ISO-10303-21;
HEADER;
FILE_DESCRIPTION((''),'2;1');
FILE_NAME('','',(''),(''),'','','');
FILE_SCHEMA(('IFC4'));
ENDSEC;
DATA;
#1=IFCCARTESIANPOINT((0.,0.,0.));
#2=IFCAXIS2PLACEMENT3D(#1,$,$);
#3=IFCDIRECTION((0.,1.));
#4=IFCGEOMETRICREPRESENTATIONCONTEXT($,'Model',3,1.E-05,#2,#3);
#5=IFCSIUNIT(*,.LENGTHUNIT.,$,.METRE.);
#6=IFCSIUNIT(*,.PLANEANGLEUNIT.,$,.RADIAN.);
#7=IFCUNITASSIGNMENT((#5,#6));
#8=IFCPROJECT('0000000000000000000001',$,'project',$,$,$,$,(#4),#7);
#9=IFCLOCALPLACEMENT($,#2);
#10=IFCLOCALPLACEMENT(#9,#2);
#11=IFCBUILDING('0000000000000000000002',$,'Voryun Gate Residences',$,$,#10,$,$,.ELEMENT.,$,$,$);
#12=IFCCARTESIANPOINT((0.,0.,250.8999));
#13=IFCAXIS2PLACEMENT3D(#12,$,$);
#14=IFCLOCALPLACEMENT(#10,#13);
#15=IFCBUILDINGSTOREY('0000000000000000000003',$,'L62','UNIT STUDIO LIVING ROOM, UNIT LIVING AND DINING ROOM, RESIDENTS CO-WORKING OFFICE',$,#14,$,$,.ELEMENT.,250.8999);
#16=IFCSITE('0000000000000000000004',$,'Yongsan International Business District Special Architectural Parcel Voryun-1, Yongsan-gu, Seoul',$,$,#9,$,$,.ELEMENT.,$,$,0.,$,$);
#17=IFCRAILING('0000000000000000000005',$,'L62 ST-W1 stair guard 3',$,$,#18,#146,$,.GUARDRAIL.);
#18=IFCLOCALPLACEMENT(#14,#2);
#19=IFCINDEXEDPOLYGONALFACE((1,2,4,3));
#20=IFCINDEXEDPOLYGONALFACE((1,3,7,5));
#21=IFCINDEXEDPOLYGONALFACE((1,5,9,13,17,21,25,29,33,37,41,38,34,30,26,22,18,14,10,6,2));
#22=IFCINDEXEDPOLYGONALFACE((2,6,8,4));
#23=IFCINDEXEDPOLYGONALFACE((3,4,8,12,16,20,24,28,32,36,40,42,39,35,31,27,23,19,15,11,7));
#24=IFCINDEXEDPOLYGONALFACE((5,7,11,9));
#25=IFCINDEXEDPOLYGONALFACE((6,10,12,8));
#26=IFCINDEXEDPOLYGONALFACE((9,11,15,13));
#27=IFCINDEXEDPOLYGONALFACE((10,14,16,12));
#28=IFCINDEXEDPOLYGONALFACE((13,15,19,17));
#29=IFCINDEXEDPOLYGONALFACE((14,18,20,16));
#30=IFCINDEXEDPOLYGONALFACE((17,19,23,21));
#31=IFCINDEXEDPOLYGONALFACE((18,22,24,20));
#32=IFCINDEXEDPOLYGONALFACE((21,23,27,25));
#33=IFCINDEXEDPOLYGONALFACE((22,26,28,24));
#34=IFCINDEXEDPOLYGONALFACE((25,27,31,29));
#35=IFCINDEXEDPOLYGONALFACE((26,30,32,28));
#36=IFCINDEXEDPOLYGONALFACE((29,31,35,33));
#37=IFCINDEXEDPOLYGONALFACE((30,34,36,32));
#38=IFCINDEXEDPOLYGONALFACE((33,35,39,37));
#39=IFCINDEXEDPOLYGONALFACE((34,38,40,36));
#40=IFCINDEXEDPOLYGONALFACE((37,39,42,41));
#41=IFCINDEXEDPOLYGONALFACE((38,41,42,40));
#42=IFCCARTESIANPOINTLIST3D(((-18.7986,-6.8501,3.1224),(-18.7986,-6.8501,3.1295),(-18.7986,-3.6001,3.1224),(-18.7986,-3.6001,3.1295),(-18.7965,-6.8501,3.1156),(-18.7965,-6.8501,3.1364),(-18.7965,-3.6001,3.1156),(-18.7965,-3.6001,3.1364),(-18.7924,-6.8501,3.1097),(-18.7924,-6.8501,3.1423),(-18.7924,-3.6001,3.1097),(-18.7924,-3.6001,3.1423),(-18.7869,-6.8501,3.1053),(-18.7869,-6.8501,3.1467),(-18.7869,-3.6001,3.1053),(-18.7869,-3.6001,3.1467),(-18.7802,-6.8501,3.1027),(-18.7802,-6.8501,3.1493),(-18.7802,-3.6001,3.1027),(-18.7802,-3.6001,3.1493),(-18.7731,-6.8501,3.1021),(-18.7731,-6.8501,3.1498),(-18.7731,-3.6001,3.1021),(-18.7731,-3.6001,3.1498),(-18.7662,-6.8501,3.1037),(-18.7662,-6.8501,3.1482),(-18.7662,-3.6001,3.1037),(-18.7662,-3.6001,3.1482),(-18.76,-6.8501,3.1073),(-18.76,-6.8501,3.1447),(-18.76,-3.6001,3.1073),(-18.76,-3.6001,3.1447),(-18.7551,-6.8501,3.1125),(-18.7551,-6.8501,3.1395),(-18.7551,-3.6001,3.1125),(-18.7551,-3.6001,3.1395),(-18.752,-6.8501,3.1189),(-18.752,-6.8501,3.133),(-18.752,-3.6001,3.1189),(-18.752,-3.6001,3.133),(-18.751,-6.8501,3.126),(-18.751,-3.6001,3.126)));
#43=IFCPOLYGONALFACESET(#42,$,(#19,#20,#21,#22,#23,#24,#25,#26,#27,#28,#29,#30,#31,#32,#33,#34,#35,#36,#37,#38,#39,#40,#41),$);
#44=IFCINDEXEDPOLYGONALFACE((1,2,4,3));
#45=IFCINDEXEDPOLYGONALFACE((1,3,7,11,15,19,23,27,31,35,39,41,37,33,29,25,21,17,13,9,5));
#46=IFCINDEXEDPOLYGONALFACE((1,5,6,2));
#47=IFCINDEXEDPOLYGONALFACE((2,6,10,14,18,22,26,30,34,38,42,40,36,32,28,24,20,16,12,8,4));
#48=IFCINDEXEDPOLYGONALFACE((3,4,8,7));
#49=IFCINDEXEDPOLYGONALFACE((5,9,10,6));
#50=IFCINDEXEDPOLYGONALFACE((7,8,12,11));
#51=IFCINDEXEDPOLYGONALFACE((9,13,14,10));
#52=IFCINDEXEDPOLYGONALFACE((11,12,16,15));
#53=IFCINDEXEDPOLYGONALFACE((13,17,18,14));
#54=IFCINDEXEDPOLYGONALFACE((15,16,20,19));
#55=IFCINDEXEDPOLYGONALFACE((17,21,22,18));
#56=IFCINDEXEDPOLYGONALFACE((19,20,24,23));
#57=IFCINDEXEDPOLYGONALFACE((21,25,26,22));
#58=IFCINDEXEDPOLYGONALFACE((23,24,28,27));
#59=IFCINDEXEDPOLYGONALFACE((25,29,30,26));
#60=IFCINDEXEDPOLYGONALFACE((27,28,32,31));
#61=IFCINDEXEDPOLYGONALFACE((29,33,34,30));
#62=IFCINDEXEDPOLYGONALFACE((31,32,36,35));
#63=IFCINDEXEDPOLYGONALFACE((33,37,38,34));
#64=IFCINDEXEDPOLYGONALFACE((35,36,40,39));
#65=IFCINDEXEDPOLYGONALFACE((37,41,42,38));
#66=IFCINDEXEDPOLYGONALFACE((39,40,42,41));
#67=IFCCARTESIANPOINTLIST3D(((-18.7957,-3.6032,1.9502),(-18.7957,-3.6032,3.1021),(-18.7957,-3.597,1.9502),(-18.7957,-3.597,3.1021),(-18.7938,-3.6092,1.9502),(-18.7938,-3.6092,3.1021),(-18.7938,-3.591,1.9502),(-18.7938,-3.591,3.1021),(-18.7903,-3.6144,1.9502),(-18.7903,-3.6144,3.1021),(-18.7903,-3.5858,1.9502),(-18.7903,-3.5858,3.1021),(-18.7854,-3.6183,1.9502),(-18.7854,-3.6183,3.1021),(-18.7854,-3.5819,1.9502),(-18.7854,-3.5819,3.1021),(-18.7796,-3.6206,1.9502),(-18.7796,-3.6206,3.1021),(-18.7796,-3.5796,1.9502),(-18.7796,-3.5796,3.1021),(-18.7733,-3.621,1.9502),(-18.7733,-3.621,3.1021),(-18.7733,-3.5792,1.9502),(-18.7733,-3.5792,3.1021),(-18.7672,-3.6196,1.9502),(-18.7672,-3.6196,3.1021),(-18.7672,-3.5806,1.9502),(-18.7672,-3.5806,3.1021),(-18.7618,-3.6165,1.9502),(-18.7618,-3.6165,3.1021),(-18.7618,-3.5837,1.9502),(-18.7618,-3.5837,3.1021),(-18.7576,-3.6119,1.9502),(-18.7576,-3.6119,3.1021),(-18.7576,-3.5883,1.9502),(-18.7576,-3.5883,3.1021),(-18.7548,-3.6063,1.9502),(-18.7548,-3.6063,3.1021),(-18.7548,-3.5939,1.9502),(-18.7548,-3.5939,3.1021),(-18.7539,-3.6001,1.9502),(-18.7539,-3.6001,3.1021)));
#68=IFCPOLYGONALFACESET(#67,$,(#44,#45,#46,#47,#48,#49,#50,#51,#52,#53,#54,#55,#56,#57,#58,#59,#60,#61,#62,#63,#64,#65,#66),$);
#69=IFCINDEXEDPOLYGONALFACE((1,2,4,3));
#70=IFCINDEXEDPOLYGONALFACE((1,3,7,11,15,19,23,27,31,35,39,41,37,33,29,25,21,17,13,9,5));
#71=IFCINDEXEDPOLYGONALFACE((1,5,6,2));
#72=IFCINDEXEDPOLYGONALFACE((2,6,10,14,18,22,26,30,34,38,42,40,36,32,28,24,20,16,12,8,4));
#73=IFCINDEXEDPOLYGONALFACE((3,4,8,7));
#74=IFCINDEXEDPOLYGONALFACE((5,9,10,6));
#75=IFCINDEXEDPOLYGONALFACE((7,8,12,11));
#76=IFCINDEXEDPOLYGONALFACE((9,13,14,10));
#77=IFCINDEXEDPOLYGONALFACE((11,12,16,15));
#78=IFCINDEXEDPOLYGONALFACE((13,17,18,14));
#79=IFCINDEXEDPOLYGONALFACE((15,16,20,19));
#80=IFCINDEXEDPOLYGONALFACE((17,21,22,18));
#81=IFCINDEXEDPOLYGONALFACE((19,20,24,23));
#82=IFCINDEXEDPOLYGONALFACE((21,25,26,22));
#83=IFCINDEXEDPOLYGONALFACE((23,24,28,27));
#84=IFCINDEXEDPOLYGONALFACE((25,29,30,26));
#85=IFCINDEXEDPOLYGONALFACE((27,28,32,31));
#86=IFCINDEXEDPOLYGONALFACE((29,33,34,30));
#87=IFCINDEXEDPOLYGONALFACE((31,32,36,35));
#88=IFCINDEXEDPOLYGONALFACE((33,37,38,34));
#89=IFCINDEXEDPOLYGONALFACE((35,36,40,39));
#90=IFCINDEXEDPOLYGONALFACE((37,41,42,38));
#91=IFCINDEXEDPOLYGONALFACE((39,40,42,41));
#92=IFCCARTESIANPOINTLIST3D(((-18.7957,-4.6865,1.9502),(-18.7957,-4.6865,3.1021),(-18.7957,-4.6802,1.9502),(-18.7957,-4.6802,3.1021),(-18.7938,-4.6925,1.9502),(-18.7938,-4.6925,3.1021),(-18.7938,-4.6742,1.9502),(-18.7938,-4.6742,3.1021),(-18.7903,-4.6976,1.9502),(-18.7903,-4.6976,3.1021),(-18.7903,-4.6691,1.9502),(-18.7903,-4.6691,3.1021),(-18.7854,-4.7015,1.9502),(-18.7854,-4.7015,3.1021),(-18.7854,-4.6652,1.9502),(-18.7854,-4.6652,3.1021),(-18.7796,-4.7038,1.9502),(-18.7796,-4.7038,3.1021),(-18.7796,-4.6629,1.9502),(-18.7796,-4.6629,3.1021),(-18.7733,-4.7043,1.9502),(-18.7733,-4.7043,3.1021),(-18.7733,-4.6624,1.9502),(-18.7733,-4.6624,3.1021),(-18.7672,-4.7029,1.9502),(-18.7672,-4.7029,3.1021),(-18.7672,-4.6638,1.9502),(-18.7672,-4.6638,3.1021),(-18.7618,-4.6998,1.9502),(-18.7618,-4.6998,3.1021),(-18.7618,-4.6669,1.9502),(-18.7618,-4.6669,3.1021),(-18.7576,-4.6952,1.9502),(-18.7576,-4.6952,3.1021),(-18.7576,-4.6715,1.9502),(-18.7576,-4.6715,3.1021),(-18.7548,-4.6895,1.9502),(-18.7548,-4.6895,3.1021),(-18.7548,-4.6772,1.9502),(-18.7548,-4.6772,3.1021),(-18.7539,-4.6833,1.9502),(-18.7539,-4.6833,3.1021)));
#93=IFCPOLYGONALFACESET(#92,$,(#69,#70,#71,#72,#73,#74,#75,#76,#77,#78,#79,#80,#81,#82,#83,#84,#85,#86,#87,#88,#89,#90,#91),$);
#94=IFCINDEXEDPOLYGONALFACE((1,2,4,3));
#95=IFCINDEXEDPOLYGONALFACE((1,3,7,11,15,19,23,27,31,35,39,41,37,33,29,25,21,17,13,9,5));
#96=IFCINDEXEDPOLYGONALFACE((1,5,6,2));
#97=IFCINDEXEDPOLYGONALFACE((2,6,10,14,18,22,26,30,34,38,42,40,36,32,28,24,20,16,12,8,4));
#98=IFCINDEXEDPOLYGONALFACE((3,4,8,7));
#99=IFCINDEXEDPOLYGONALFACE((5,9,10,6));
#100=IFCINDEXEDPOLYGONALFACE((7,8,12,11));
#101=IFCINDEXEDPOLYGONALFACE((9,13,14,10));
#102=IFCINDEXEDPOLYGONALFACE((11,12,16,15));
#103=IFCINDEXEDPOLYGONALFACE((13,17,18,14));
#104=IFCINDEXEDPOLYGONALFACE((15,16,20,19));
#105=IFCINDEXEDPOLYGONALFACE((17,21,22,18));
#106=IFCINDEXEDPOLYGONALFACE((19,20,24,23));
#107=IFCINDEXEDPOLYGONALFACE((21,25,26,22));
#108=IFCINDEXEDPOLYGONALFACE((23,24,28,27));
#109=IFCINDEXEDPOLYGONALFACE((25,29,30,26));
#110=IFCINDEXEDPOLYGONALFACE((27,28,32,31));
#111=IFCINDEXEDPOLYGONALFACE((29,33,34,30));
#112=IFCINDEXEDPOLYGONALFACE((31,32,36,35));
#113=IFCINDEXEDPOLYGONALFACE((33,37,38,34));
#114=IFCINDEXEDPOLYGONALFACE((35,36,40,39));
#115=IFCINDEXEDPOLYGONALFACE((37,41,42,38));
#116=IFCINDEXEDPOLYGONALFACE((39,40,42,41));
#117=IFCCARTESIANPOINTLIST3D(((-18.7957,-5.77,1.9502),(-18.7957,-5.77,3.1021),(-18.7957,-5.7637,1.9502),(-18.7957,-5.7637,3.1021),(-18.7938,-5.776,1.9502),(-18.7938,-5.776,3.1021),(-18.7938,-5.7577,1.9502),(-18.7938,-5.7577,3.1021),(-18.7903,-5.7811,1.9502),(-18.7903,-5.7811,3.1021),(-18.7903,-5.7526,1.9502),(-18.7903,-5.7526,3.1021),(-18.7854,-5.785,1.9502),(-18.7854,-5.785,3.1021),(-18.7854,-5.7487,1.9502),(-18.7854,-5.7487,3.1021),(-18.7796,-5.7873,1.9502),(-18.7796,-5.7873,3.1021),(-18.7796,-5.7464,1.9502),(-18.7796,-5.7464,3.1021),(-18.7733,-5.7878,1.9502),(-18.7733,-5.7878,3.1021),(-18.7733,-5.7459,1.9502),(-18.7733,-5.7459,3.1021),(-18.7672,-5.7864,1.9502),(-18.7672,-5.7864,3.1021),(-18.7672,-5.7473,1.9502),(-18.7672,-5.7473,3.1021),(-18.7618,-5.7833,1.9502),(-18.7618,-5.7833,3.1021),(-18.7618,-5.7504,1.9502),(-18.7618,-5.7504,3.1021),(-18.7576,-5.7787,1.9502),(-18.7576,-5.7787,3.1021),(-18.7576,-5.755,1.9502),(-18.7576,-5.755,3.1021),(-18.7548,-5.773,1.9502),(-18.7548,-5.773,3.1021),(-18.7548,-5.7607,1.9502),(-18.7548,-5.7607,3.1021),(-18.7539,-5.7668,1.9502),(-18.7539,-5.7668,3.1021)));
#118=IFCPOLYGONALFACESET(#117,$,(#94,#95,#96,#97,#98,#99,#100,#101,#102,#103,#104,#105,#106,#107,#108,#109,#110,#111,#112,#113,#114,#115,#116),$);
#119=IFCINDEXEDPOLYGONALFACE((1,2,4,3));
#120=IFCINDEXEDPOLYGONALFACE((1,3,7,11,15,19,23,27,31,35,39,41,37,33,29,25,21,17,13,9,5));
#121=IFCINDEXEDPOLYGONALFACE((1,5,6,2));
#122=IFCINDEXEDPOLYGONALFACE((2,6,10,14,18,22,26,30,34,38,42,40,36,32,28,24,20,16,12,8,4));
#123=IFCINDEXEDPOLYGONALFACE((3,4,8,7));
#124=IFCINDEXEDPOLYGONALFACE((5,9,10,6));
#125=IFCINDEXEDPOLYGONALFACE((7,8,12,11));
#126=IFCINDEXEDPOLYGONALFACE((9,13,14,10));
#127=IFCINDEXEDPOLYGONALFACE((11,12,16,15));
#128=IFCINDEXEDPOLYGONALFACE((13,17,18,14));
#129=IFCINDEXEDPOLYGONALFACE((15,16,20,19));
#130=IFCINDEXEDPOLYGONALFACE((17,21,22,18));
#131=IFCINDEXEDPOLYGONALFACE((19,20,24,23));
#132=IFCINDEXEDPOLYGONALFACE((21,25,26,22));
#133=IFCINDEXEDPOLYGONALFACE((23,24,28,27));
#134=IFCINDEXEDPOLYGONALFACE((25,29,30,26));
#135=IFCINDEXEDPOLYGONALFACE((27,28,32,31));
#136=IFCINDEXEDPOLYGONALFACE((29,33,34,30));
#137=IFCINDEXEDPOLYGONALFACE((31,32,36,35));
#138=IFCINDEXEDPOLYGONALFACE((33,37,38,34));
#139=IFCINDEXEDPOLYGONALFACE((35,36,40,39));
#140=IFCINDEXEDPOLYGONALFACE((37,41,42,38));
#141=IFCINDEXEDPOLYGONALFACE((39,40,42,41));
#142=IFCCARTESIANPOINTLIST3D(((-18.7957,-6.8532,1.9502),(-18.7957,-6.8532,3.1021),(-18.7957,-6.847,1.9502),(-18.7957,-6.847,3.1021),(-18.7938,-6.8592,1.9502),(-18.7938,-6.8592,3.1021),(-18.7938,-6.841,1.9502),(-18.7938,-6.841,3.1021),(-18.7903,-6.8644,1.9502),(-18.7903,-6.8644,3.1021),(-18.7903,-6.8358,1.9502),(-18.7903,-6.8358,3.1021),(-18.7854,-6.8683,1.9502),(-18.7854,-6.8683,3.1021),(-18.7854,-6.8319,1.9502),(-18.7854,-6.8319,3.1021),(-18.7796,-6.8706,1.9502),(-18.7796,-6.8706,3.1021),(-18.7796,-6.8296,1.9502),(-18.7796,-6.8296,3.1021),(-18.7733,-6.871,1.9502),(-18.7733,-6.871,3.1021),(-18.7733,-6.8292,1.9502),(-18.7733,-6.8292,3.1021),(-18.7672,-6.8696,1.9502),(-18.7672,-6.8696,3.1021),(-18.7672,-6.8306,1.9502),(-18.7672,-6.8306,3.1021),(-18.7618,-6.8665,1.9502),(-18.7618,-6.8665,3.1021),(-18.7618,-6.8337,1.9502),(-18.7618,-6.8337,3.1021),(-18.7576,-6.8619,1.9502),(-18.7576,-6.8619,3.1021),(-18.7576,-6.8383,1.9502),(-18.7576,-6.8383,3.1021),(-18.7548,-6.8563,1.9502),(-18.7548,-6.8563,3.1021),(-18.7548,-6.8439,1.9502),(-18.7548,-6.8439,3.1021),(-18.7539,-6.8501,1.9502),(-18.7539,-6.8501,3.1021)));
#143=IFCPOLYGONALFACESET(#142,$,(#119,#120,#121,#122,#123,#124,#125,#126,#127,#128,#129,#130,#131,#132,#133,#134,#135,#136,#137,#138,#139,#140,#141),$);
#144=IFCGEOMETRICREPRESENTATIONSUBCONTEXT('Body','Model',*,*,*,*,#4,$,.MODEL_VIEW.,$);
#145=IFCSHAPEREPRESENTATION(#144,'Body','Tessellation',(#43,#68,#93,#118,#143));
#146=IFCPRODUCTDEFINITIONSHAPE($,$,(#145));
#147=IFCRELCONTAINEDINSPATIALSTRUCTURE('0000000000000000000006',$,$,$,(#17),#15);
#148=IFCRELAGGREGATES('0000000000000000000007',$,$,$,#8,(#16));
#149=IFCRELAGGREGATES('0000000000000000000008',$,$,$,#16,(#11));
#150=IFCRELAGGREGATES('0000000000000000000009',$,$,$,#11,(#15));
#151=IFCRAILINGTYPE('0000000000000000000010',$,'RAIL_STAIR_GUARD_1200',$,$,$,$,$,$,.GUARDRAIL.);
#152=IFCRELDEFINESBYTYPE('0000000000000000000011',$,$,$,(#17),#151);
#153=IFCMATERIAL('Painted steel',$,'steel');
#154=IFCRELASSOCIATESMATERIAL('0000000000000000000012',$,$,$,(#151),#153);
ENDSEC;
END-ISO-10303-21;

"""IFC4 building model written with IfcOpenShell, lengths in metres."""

from ifc_helpers import new_model, si_unit, direction, frame, origin, origin_2d, place, context, subcontext, project, spatial, circle, extrude, material, type_object, element, save


model = new_model("IFC4")

# Units and contexts
model_context = context("Model", 3, precision=1e-05, world=origin(), true_north=direction((0.0, 1.0)))
body_context = subcontext(model_context, "Body", "Model", "MODEL_VIEW")
ifc_project = project(units=[si_unit("LENGTHUNIT", "METRE"), si_unit("PLANEANGLEUNIT", "RADIAN")], contexts=[model_context])

# Site, building, storey
site_placement = place(None, origin())
site = spatial("IfcSite", under=ifc_project, at=site_placement, Name="Yongsan International Business District Special Architectural Parcel Voryun-1, Yongsan-gu, Seoul", CompositionType="ELEMENT", RefElevation=0.0)
building_placement = place(site_placement, origin())
building = spatial("IfcBuilding", under=site, at=building_placement, Name="Voryun Gate Residences", CompositionType="ELEMENT")
storey_placement = place(building_placement, frame((0.0, 0.0, 250.8999)))
storey = spatial("IfcBuildingStorey", under=building, at=storey_placement, Name="L62", Description="UNIT STUDIO LIVING ROOM, UNIT LIVING AND DINING ROOM, RESIDENTS CO-WORKING OFFICE", CompositionType="ELEMENT", Elevation=250.8999)

# Railing
ifc_material_1 = material(Name="Painted steel", Category="steel")
railing_type_1 = type_object("IfcRailingType", Name="RAIL_STAIR_GUARD_1200", PredefinedType="GUARDRAIL", material=ifc_material_1)
railing_1_placement = place(storey_placement, frame((-18.7749, -3.6001, 1.9502)))
element("IfcRailing", 1, at=railing_1_placement, inside=storey, type_object=railing_type_1, Name="L62 ST-W1 stair guard 3", PredefinedType="GUARDRAIL", context=body_context, shape_type="SweptSolid", body=[
    extrude(circle(Radius=0.0239, at=origin_2d()), frame((0.0, 0.0, 1.1758), z_axis=(0.0, -1.0, 0.0), x_axis=(1.0, 0.0, 0.0)), (0.0, 0.0, 1.0), 3.25),
    extrude(circle(Radius=0.021, at=origin_2d()), origin(), (0.0, 0.0, 1.0), 1.1519),
    extrude(circle(Radius=0.021, at=origin_2d()), frame((0.0, -1.0833, 0.0)), (0.0, 0.0, 1.0), 1.1519),
    extrude(circle(Radius=0.021, at=origin_2d()), frame((0.0, -2.1667, 0.0)), (0.0, 0.0, 1.0), 1.1519),
    extrude(circle(Radius=0.021, at=origin_2d()), frame((0.0, -3.25, 0.0)), (0.0, 0.0, 1.0), 1.1519),
])

save(model, "model.ifc")
